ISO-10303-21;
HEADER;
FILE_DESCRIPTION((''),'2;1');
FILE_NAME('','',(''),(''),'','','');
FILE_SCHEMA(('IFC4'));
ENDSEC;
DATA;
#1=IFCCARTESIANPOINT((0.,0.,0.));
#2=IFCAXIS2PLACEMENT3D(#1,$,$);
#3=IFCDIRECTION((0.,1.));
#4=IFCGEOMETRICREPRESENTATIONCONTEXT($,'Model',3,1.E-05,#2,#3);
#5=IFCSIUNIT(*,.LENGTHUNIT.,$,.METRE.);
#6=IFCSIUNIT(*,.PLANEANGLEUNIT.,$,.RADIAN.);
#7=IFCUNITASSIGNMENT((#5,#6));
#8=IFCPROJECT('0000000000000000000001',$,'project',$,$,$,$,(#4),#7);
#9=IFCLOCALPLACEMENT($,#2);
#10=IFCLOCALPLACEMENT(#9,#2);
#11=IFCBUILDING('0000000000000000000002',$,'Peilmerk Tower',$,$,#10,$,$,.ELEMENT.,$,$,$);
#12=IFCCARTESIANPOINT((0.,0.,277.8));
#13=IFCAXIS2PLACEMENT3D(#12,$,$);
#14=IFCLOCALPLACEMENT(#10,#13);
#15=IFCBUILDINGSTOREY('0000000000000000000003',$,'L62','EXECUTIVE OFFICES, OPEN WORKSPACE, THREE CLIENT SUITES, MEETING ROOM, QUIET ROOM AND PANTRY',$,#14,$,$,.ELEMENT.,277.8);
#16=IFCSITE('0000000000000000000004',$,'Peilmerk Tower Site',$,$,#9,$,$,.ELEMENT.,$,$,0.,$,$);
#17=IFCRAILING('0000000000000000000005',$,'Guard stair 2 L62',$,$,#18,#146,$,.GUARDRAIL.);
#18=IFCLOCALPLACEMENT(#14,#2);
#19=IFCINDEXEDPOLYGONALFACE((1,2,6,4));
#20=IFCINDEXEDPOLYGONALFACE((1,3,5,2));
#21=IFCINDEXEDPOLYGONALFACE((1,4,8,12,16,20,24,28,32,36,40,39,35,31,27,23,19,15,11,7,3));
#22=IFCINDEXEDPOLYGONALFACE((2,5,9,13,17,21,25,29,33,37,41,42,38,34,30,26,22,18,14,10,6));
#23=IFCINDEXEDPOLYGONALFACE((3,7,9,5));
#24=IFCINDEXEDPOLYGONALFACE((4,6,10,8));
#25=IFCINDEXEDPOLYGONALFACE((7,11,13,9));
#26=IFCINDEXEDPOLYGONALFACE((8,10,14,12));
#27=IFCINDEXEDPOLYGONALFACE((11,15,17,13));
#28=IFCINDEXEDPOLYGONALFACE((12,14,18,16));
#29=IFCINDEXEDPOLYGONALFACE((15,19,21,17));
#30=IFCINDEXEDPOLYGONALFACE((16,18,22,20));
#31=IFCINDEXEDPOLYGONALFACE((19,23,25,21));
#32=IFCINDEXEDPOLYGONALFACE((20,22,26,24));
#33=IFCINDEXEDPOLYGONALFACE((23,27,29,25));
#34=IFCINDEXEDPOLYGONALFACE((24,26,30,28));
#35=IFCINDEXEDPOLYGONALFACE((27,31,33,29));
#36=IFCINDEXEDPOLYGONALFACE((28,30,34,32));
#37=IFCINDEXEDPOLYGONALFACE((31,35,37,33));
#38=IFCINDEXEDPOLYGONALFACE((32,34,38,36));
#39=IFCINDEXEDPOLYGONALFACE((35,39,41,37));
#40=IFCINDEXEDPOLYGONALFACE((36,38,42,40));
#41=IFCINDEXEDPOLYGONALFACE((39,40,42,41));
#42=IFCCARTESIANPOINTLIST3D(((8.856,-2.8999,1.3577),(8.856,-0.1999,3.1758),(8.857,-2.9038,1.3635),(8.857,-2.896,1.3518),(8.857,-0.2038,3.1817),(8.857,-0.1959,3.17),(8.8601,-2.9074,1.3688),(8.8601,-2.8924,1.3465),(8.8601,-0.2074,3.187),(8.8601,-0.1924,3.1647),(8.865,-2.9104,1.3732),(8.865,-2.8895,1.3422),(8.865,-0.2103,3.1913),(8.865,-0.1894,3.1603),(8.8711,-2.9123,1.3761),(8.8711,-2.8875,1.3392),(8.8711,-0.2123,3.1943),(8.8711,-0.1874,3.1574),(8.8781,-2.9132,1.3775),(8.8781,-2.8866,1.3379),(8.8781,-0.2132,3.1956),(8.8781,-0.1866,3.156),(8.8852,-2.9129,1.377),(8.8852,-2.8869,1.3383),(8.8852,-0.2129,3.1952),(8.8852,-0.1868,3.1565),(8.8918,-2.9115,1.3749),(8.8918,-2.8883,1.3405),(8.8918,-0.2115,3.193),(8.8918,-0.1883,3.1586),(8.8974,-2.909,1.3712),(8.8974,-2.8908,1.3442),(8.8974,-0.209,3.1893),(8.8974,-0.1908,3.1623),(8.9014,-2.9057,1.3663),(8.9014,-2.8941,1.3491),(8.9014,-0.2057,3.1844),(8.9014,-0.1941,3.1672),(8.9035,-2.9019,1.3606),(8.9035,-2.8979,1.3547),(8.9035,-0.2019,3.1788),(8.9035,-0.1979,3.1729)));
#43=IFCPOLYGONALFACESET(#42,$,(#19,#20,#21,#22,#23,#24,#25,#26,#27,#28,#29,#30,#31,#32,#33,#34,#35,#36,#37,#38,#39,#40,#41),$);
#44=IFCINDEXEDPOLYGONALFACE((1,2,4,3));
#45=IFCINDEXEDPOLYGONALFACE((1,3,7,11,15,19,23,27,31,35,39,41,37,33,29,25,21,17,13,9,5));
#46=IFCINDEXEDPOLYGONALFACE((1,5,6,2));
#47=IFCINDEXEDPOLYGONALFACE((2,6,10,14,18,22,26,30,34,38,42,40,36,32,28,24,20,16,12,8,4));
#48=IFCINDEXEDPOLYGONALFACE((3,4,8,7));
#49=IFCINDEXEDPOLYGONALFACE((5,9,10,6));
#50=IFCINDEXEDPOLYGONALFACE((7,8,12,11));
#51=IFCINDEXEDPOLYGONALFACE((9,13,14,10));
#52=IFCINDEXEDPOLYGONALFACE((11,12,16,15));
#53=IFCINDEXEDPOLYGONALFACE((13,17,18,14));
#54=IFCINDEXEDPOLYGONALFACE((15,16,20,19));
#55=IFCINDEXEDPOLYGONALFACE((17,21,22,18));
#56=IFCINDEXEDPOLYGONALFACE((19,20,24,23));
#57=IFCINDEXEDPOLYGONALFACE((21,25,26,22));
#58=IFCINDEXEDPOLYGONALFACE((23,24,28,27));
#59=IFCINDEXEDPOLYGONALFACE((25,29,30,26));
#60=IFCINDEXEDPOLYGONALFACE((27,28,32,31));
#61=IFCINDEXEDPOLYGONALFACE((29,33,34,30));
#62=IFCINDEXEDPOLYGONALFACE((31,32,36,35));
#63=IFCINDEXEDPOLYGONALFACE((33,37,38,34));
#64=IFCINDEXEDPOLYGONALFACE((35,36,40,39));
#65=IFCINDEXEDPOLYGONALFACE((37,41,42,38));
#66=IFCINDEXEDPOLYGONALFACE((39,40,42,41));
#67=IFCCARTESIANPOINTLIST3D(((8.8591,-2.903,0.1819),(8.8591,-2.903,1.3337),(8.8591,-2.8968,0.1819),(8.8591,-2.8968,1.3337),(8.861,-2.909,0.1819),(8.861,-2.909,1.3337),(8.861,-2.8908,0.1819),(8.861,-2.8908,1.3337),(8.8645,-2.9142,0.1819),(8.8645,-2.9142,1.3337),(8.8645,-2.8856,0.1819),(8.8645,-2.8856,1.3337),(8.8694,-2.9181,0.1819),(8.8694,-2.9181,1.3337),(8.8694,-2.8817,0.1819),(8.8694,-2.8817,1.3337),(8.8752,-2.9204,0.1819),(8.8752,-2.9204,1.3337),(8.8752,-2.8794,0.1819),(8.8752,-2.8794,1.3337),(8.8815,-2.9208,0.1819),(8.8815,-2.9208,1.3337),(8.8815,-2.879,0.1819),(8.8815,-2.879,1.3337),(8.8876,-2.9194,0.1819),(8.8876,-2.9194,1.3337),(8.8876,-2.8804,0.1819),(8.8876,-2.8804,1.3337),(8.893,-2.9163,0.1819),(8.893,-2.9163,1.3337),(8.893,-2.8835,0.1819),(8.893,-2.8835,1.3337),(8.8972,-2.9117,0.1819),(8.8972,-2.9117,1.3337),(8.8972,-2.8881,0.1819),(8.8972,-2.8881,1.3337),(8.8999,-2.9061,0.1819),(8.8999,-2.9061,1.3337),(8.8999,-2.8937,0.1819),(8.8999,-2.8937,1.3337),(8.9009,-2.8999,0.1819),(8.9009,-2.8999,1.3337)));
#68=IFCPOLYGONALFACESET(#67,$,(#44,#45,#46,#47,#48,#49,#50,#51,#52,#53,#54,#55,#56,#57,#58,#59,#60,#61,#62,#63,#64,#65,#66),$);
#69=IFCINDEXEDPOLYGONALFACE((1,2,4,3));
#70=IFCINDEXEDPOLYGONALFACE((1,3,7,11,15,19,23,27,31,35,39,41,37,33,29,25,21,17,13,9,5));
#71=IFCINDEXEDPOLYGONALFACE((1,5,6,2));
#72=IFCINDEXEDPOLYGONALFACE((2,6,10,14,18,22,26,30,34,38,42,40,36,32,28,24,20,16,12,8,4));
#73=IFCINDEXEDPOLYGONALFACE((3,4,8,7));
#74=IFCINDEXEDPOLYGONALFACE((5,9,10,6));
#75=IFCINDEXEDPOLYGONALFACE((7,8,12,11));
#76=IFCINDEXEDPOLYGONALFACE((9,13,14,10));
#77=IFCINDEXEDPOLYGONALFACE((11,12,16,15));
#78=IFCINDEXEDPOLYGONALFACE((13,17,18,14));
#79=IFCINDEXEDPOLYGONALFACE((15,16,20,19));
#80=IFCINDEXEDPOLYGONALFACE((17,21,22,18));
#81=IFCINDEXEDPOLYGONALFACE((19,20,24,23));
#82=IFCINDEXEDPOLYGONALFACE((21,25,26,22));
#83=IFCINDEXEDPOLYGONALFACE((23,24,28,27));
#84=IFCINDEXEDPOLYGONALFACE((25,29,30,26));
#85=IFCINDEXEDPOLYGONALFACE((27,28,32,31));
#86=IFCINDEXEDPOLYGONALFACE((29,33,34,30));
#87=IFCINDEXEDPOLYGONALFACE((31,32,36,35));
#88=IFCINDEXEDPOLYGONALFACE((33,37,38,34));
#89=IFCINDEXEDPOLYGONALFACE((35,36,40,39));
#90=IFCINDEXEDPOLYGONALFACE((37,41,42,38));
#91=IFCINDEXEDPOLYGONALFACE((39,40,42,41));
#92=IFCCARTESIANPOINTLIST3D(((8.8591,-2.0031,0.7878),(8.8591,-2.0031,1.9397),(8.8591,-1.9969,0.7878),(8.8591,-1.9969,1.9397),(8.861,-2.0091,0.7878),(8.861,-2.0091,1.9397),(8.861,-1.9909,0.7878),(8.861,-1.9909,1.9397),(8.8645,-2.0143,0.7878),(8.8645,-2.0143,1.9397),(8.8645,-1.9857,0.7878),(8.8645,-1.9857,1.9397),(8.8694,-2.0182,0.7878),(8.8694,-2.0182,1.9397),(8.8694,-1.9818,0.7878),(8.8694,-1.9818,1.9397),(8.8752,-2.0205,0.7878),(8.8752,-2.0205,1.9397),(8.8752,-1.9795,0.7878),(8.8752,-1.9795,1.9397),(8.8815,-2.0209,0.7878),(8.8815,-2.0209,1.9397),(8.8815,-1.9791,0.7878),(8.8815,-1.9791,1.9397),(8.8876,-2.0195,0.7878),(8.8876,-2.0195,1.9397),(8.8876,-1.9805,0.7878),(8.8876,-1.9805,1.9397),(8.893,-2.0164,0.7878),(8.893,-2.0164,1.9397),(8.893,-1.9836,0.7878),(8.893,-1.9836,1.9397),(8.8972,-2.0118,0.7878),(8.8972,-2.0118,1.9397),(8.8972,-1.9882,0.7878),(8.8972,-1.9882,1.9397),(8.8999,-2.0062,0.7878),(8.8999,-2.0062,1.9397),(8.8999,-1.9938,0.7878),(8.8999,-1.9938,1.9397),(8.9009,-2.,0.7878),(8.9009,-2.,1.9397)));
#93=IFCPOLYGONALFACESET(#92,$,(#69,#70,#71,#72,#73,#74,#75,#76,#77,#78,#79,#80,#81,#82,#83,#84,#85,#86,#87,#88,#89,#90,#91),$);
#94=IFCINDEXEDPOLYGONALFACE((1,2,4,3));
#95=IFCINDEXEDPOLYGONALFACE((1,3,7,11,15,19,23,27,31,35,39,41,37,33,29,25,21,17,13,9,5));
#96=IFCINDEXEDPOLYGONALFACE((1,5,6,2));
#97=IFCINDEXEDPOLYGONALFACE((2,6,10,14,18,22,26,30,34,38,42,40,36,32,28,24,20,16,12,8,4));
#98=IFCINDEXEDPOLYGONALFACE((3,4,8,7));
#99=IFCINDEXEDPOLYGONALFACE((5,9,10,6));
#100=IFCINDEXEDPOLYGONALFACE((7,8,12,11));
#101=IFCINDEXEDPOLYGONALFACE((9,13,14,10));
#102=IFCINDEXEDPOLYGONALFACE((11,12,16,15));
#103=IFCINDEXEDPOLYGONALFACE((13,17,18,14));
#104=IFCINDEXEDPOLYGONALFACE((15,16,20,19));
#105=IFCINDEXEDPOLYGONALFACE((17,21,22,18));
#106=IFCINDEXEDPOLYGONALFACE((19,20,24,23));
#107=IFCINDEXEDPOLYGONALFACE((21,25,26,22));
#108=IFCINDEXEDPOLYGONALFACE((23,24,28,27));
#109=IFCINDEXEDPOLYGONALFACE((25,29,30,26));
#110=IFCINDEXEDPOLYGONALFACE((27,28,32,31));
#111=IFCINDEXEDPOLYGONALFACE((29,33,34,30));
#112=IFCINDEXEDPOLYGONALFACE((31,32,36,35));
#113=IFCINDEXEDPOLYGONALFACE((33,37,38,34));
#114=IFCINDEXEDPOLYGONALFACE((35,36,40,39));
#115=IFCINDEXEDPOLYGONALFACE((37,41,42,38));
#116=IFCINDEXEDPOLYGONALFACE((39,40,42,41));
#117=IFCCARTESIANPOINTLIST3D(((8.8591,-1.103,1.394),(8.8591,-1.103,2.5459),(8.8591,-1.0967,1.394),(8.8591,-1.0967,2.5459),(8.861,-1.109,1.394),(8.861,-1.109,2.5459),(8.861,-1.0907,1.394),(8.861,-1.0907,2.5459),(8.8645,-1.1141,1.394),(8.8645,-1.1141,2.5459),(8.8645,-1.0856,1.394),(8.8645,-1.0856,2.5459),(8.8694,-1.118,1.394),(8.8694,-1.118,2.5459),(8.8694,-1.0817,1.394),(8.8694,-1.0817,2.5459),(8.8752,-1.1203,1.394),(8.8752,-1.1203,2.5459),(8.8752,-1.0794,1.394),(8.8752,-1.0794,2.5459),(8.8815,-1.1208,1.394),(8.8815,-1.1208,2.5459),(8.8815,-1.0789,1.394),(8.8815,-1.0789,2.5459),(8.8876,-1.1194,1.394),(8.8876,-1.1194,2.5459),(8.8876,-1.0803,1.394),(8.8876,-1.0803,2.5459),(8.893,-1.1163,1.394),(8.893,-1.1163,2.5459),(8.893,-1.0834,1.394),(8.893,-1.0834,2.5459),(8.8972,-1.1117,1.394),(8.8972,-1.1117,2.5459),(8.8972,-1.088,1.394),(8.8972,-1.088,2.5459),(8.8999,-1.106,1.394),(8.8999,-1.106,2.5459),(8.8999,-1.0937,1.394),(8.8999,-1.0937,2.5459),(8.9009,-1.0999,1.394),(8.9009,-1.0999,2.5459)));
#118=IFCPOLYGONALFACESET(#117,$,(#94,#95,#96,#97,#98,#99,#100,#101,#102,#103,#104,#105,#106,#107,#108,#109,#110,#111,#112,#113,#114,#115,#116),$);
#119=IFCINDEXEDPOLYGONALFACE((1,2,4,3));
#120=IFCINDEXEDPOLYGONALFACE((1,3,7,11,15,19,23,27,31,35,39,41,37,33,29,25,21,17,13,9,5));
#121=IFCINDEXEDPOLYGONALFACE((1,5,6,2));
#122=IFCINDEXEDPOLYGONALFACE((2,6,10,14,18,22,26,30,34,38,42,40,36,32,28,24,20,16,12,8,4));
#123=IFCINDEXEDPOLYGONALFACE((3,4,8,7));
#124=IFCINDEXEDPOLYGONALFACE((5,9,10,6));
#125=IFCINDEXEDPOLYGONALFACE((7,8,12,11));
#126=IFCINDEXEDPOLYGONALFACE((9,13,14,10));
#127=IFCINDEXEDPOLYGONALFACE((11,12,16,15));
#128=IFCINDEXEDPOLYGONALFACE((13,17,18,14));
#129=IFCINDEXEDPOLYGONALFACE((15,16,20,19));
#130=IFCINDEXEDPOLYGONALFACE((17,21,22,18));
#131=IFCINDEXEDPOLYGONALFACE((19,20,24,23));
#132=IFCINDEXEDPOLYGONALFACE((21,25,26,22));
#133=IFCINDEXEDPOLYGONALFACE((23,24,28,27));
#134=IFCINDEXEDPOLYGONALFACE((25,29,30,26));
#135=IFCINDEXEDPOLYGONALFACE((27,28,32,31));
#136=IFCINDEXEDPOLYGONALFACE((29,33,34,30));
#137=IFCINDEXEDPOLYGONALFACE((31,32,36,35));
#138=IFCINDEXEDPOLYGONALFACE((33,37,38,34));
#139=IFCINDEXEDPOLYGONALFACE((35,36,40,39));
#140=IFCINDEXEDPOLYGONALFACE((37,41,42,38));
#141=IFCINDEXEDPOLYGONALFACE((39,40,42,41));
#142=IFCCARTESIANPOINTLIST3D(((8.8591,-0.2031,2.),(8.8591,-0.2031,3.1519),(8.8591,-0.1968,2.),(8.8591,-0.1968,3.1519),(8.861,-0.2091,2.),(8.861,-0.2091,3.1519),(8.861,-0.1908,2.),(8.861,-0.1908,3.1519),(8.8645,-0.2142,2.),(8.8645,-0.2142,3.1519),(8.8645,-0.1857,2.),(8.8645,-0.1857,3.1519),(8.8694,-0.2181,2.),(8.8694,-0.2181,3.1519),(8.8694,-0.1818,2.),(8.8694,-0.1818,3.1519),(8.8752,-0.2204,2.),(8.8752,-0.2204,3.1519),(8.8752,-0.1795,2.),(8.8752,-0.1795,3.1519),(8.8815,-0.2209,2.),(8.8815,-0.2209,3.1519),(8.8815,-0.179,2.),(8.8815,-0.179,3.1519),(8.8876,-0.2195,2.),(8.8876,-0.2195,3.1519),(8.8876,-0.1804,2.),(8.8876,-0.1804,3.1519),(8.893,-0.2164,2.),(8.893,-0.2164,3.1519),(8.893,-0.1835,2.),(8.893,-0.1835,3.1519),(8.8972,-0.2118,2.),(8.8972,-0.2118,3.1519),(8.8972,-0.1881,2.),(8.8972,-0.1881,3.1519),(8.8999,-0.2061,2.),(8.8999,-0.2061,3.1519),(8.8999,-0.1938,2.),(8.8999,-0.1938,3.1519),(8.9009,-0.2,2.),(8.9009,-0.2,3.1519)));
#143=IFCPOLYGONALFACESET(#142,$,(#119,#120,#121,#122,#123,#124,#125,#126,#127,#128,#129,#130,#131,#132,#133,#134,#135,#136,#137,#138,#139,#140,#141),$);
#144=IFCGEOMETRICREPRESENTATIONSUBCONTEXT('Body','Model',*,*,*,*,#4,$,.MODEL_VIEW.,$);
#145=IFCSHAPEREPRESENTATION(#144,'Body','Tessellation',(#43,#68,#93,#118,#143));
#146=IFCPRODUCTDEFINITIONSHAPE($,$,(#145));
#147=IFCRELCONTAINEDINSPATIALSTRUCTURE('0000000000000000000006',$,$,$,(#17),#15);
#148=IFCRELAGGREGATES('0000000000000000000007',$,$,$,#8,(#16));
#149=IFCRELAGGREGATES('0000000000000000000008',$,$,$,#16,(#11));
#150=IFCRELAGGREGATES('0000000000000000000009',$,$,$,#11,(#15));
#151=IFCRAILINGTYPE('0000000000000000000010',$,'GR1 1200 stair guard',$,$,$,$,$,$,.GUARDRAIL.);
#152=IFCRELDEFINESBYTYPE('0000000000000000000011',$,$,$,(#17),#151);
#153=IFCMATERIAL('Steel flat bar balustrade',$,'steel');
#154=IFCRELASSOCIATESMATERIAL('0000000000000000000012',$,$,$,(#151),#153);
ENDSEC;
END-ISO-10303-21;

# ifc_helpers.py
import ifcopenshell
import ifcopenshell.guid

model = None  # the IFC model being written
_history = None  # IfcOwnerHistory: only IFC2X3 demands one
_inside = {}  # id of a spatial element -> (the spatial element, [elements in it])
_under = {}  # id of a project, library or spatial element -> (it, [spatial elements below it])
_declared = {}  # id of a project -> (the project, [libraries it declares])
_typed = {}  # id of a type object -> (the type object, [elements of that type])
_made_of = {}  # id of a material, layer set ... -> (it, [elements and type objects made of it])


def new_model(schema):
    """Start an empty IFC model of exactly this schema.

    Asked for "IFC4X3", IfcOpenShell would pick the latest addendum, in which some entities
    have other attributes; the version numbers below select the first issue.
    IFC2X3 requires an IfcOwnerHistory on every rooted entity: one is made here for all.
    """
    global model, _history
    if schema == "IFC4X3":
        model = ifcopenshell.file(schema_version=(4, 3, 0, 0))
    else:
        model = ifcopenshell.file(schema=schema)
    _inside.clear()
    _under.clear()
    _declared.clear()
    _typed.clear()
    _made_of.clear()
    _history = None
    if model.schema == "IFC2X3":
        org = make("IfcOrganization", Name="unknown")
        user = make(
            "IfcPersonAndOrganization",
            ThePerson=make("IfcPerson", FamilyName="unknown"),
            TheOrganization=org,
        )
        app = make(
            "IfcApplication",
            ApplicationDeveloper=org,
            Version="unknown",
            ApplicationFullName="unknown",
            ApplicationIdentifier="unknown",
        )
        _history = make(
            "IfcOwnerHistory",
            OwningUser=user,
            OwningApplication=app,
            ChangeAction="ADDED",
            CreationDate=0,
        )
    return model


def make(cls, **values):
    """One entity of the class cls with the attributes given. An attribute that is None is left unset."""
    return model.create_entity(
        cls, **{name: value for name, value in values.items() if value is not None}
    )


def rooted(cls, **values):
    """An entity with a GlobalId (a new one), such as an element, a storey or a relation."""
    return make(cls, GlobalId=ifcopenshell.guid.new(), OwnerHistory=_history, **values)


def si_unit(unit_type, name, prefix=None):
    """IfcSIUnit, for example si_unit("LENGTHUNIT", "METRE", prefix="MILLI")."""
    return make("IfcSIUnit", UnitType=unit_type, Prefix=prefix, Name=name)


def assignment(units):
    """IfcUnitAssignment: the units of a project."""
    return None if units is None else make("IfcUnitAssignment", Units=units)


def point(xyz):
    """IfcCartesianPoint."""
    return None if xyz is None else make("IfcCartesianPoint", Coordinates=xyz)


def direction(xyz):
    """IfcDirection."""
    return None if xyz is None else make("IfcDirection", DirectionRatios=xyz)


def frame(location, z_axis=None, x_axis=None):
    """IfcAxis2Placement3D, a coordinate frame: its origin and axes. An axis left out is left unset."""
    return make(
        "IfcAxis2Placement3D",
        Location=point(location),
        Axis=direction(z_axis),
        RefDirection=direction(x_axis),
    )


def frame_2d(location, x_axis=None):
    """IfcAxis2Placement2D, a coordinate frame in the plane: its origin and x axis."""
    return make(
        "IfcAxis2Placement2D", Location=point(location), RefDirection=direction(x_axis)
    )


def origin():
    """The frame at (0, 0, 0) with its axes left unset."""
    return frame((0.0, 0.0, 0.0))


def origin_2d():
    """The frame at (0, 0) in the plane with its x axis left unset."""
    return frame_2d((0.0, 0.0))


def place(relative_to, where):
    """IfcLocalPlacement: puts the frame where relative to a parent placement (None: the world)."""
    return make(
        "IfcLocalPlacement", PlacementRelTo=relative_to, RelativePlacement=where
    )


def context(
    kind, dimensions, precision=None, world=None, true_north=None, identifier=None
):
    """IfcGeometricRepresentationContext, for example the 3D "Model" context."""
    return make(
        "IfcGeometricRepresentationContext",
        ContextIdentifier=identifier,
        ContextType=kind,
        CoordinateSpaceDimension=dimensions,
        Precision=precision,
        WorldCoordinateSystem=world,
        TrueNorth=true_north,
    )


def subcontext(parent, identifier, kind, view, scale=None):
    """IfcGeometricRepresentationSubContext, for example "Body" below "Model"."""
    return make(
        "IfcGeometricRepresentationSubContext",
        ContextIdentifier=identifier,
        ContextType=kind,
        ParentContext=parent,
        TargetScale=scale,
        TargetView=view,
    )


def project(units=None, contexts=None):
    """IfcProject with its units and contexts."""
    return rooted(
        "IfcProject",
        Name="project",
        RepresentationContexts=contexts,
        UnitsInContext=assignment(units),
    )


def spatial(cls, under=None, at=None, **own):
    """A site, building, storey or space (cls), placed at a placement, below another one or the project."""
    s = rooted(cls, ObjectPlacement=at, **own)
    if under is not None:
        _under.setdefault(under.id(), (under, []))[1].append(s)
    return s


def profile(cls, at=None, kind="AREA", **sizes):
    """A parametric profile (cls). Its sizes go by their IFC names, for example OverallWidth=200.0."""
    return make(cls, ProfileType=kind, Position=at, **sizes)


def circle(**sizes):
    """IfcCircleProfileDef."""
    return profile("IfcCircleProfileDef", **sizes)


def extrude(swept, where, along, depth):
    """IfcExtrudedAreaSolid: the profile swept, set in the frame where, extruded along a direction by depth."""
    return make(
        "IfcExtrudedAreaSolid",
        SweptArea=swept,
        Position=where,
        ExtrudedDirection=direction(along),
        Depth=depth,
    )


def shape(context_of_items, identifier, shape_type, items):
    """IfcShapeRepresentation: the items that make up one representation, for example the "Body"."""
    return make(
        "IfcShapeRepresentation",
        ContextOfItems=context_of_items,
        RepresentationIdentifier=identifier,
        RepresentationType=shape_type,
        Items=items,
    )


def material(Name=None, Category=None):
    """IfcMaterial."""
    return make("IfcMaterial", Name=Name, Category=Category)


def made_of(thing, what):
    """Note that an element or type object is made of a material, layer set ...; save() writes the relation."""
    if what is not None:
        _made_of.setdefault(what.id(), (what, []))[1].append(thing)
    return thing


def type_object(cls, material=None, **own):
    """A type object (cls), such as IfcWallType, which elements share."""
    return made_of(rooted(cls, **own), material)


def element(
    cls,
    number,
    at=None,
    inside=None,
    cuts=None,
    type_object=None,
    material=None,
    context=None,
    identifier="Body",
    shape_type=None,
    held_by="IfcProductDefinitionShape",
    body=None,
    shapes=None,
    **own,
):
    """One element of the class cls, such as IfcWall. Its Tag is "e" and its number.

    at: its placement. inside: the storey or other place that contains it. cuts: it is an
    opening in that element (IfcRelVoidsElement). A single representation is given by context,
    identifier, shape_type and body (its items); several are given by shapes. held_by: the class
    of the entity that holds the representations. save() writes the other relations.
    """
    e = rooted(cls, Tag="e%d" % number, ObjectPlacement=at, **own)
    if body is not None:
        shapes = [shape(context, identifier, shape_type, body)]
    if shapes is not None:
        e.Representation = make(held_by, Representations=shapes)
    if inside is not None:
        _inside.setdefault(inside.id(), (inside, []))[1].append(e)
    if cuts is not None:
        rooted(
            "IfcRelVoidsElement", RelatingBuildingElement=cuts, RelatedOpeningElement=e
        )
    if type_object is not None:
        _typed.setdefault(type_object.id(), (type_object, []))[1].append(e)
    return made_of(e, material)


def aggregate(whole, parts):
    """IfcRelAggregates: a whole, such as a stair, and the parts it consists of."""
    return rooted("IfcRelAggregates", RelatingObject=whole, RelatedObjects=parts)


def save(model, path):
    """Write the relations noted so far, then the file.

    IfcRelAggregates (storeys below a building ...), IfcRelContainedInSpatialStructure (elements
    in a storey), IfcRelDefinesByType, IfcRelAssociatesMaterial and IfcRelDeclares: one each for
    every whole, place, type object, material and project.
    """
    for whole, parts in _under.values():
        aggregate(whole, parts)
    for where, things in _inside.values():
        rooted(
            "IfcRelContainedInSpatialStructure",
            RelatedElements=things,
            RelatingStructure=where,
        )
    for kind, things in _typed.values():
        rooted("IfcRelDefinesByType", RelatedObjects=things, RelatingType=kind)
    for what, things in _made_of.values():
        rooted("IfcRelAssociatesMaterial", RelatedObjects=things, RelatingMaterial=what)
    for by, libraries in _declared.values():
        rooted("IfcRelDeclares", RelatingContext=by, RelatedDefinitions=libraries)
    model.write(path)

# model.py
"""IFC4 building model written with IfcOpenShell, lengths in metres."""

from ifc_helpers import new_model, si_unit, direction, frame, origin, origin_2d, place, context, subcontext, project, spatial, circle, extrude, material, type_object, element, save


model = new_model("IFC4")

# Units and contexts
model_context = context("Model", 3, precision=1e-05, world=origin(), true_north=direction((0.0, 1.0)))
body_context = subcontext(model_context, "Body", "Model", "MODEL_VIEW")
ifc_project = project(units=[si_unit("LENGTHUNIT", "METRE"), si_unit("PLANEANGLEUNIT", "RADIAN")], contexts=[model_context])

# Site, building, storey
site_placement = place(None, origin())
site = spatial("IfcSite", under=ifc_project, at=site_placement, Name="Peilmerk Tower Site", CompositionType="ELEMENT", RefElevation=0.0)
building_placement = place(site_placement, origin())
building = spatial("IfcBuilding", under=site, at=building_placement, Name="Peilmerk Tower", CompositionType="ELEMENT")
storey_placement = place(building_placement, frame((0.0, 0.0, 277.8)))
storey = spatial("IfcBuildingStorey", under=building, at=storey_placement, Name="L62", Description="EXECUTIVE OFFICES, OPEN WORKSPACE, THREE CLIENT SUITES, MEETING ROOM, QUIET ROOM AND PANTRY", CompositionType="ELEMENT", Elevation=277.8)

# Railing
ifc_material_1 = material(Name="Steel flat bar balustrade", Category="steel")
railing_type_1 = type_object("IfcRailingType", Name="GR1 1200 stair guard", PredefinedType="GUARDRAIL", material=ifc_material_1)
railing_1_placement = place(storey_placement, frame((8.8799, -2.8999, 0.1819)))
element("IfcRailing", 1, at=railing_1_placement, inside=storey, type_object=railing_type_1, Name="Guard stair 2 L62", PredefinedType="GUARDRAIL", context=body_context, shape_type="SweptSolid", body=[
    extrude(circle(Radius=0.0239, at=origin_2d()), frame((0.0, 0.0, 1.1758), z_axis=(0.0, 0.829468, 0.558554), x_axis=(-1.0, 0.0, 0.0)), (0.0, 0.0, 1.0), 3.2551),
    extrude(circle(Radius=0.021, at=origin_2d()), origin(), (0.0, 0.0, 1.0), 1.1519),
    extrude(circle(Radius=0.021, at=origin_2d()), frame((0.0, 0.8999, 0.606)), (0.0, 0.0, 1.0), 1.1519),
    extrude(circle(Radius=0.021, at=origin_2d()), frame((0.0, 1.8, 1.2122)), (0.0, 0.0, 1.0), 1.1519),
    extrude(circle(Radius=0.021, at=origin_2d()), frame((0.0, 2.7, 1.8181)), (0.0, 0.0, 1.0), 1.1519),
])

save(model, "model.ifc")
